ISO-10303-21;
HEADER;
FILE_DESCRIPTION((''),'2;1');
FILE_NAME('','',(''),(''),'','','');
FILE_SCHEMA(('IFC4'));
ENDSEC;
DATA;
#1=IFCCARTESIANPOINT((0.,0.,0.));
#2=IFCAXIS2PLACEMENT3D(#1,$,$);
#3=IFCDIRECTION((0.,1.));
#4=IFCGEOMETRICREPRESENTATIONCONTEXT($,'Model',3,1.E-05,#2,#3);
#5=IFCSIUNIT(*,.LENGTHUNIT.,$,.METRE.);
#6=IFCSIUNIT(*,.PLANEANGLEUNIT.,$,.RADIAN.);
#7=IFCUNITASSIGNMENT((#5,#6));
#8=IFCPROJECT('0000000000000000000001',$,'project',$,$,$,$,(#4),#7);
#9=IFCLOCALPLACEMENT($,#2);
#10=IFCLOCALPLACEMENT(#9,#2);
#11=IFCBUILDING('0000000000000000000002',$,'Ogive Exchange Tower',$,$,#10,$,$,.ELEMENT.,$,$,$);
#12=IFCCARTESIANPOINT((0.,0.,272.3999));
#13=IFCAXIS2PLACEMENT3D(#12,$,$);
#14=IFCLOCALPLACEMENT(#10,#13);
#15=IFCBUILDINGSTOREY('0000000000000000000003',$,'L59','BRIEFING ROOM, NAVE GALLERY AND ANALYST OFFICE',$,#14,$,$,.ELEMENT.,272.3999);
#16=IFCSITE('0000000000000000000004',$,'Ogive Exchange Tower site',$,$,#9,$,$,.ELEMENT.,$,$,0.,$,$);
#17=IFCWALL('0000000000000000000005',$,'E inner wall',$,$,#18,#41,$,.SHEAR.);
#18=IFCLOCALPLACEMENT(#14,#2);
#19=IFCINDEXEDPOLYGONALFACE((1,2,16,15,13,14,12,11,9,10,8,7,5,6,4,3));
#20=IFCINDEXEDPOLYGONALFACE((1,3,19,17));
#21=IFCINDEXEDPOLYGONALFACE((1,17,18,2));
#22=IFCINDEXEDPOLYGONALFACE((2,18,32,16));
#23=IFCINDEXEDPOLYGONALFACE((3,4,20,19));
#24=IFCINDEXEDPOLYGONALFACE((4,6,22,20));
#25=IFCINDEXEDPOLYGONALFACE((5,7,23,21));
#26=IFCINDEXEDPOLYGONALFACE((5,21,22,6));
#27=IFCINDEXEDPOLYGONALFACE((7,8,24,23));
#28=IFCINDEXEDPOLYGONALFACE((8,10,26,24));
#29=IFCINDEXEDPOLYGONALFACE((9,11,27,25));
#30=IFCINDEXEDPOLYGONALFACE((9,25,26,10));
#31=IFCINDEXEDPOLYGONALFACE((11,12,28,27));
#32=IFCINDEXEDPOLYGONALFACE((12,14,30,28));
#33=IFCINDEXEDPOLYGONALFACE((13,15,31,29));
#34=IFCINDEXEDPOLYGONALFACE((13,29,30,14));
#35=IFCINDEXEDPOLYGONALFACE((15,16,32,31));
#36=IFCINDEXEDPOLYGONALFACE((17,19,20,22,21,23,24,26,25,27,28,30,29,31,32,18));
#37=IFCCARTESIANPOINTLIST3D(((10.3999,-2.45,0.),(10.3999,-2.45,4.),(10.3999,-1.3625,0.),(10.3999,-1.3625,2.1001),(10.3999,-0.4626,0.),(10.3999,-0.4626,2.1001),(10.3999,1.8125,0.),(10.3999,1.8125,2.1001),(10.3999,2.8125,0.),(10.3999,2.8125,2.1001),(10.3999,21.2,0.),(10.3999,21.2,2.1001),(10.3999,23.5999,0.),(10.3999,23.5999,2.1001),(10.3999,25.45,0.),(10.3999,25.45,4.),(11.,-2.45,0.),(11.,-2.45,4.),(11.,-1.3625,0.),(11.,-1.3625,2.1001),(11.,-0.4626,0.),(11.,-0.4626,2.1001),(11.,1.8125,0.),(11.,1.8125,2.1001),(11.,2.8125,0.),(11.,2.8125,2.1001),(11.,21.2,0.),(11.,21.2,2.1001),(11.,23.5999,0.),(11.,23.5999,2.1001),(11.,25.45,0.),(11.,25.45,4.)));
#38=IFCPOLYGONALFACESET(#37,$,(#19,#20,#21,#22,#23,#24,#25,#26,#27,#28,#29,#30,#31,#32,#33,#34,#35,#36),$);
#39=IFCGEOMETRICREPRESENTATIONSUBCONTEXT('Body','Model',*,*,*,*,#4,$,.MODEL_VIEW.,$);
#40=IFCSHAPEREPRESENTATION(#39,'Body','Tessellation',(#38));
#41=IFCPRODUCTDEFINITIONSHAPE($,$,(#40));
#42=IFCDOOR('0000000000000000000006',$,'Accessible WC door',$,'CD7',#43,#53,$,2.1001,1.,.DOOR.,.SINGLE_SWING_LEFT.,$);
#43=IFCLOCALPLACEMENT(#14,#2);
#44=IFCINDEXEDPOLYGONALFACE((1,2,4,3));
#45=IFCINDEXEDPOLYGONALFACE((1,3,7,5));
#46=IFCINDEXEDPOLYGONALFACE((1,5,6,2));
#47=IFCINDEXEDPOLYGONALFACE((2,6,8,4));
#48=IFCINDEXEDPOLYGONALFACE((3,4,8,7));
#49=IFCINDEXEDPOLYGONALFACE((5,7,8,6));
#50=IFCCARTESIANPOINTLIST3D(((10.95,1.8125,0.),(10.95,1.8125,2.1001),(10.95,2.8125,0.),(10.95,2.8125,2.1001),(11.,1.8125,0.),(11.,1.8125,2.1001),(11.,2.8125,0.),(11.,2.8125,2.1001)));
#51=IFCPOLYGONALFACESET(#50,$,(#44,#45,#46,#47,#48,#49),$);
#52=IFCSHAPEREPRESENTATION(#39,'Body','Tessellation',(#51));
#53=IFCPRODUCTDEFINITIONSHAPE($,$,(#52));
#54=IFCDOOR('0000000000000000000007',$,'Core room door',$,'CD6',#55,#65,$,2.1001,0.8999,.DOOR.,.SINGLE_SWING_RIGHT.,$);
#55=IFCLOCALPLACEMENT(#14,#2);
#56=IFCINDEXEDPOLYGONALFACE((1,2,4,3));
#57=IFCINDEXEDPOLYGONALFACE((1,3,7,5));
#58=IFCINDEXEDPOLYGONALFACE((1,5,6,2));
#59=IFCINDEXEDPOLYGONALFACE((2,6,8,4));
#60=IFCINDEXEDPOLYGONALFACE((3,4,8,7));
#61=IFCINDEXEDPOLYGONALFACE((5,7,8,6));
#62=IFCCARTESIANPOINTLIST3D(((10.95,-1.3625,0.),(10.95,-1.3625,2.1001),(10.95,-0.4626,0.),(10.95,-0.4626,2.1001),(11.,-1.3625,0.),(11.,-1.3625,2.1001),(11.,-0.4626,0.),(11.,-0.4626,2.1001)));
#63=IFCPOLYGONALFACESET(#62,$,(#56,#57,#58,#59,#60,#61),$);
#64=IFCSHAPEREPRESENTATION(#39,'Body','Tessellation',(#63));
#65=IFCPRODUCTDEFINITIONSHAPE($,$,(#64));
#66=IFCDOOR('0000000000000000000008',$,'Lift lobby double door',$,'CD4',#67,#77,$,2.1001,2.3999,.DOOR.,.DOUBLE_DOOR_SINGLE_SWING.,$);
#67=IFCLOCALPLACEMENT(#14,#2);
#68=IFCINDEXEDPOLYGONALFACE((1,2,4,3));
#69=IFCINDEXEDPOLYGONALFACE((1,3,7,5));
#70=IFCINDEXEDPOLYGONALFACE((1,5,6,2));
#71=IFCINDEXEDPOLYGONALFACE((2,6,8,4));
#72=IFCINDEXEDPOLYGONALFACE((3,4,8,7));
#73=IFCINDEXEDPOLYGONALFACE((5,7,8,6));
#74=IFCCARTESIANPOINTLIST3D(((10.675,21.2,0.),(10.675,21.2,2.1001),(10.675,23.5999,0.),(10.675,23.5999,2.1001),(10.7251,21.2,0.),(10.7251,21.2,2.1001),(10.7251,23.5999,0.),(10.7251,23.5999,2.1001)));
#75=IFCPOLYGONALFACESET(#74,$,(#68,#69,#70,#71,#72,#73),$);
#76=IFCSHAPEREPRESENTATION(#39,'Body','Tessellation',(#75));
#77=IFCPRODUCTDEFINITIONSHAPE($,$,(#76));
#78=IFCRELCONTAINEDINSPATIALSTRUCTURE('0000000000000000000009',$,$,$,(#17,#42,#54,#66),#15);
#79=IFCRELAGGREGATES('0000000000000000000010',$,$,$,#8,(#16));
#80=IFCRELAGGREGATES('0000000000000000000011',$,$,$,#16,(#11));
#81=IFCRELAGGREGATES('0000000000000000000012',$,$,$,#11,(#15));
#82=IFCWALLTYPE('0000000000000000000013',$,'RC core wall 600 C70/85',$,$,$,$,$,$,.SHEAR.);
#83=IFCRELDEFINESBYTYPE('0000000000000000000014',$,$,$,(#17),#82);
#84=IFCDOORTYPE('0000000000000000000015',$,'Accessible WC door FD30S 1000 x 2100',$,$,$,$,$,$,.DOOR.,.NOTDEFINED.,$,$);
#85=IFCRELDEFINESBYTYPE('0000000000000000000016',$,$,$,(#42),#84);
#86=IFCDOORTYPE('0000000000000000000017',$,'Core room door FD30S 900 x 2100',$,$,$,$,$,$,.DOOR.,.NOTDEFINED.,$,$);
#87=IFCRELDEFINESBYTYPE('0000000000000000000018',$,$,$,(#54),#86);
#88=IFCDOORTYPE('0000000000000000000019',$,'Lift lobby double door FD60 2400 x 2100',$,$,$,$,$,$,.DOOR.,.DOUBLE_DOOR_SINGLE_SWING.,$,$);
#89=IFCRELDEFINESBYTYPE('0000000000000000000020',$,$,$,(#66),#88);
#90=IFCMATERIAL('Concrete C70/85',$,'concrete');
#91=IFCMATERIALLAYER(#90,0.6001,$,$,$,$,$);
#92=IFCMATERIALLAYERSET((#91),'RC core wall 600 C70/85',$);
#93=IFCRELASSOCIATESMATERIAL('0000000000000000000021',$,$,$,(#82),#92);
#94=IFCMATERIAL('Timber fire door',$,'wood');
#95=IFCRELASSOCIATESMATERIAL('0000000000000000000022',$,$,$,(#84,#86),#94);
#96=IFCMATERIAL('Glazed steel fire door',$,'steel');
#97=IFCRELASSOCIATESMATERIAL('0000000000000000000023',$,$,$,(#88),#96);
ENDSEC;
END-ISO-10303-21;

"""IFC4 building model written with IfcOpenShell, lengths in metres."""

from ifc_helpers import new_model, si_unit, direction, frame, frame_2d, origin, place, context, subcontext, project, spatial, rectangle, extrude, material, layer, layer_set, type_object, element, fill, save


model = new_model("IFC4")

# Units and contexts
model_context = context("Model", 3, precision=1e-05, world=origin(), true_north=direction((0.0, 1.0)))
body_context = subcontext(model_context, "Body", "Model", "MODEL_VIEW")
ifc_project = project(units=[si_unit("LENGTHUNIT", "METRE"), si_unit("PLANEANGLEUNIT", "RADIAN")], contexts=[model_context])

# Site, building, storey
site_placement = place(None, origin())
site = spatial("IfcSite", under=ifc_project, at=site_placement, Name="Ogive Exchange Tower site", CompositionType="ELEMENT", RefElevation=0.0)
building_placement = place(site_placement, origin())
building = spatial("IfcBuilding", under=site, at=building_placement, Name="Ogive Exchange Tower", CompositionType="ELEMENT")
storey_placement = place(building_placement, frame((0.0, 0.0, 272.3999)))
storey = spatial("IfcBuildingStorey", under=building, at=storey_placement, Name="L59", Description="BRIEFING ROOM, NAVE GALLERY AND ANALYST OFFICE", CompositionType="ELEMENT", Elevation=272.3999)

# Shared definitions
ifc_material_1 = material(Name="Concrete C70/85", Category="concrete")

# Wall, openings, doors
ifc_layer_1 = layer(ifc_material_1, 0.6001)
ifc_layer_set_1 = layer_set([ifc_layer_1], Name="RC core wall 600 C70/85")
wall_type_1 = type_object("IfcWallType", Name="RC core wall 600 C70/85", PredefinedType="SHEAR", material=ifc_layer_set_1)
wall_1_placement = place(storey_placement, frame((10.7, -2.45, 0.0), z_axis=(0.0, 0.0, 1.0), x_axis=(0.0, 1.0, 0.0)))
wall_1 = element("IfcWall", 1, at=wall_1_placement, inside=storey, type_object=wall_type_1, Name="E inner wall", PredefinedType="SHEAR", context=body_context, shape_type="SweptSolid", body=[
    extrude(rectangle(XDim=27.8999, YDim=0.6001, at=frame_2d((13.95, 0.0))), origin(), (0.0, 0.0, 1.0), 4.0),
])
opening_1_placement = place(wall_1_placement, frame((23.6499, 0.0, 0.0)))
opening_1 = element("IfcOpeningElement", 2, at=opening_1_placement, cuts=wall_1, PredefinedType="OPENING", context=body_context, shape_type="SweptSolid", body=[
    extrude(rectangle(XDim=2.3999, YDim=2.1001, at=frame_2d((1.2, 1.05))), frame((0.0, 0.3101, 0.0), z_axis=(0.0, -1.0, 0.0), x_axis=(1.0, 0.0, 0.0)), (0.0, 0.0, 1.0), 0.6201),
])
opening_2_placement = place(wall_1_placement, frame((1.0874, 0.0, 0.0)))
opening_2 = element("IfcOpeningElement", 3, at=opening_2_placement, cuts=wall_1, PredefinedType="OPENING", context=body_context, shape_type="SweptSolid", body=[
    extrude(rectangle(XDim=0.8999, YDim=2.1001, at=frame_2d((0.45, 1.05))), frame((0.0, 0.3101, 0.0), z_axis=(0.0, -1.0, 0.0), x_axis=(1.0, 0.0, 0.0)), (0.0, 0.0, 1.0), 0.6201),
])
opening_3_placement = place(wall_1_placement, frame((4.2625, 0.0, 0.0)))
opening_3 = element("IfcOpeningElement", 4, at=opening_3_placement, cuts=wall_1, PredefinedType="OPENING", context=body_context, shape_type="SweptSolid", body=[
    extrude(rectangle(XDim=1.0, YDim=2.1001, at=frame_2d((0.5, 1.05))), frame((0.0, 0.3101, 0.0), z_axis=(0.0, -1.0, 0.0), x_axis=(1.0, 0.0, 0.0)), (0.0, 0.0, 1.0), 0.6201),
])
ifc_material_2 = material(Name="Timber fire door", Category="wood")
door_type_1 = type_object("IfcDoorType", Name="Accessible WC door FD30S 1000 x 2100", OperationType="NOTDEFINED", PredefinedType="DOOR", material=ifc_material_2)
door_1_placement = place(opening_3_placement, origin())
door_1 = element("IfcDoor", 5, at=door_1_placement, inside=storey, type_object=door_type_1, Name="Accessible WC door", ObjectType="CD7", OperationType="SINGLE_SWING_LEFT", OverallHeight=2.1001, OverallWidth=1.0, PredefinedType="DOOR", context=body_context, shape_type="SweptSolid", body=[
    extrude(rectangle(XDim=1.0, YDim=2.1001, at=frame_2d((0.5, 1.05))), frame((0.0, -0.25, 0.0), z_axis=(0.0, -1.0, 0.0), x_axis=(1.0, 0.0, 0.0)), (0.0, 0.0, 1.0), 0.05),
])
fill(opening_3, door_1)
door_type_2 = type_object("IfcDoorType", Name="Core room door FD30S 900 x 2100", OperationType="NOTDEFINED", PredefinedType="DOOR", material=ifc_material_2)
door_2_placement = place(opening_2_placement, origin())
door_2 = element("IfcDoor", 6, at=door_2_placement, inside=storey, type_object=door_type_2, Name="Core room door", ObjectType="CD6", OperationType="SINGLE_SWING_RIGHT", OverallHeight=2.1001, OverallWidth=0.8999, PredefinedType="DOOR", context=body_context, shape_type="SweptSolid", body=[
    extrude(rectangle(XDim=0.8999, YDim=2.1001, at=frame_2d((0.45, 1.05))), frame((0.0, -0.25, 0.0), z_axis=(0.0, -1.0, 0.0), x_axis=(1.0, 0.0, 0.0)), (0.0, 0.0, 1.0), 0.05),
])
fill(opening_2, door_2)
ifc_material_3 = material(Name="Glazed steel fire door", Category="steel")
door_type_3 = type_object("IfcDoorType", Name="Lift lobby double door FD60 2400 x 2100", OperationType="DOUBLE_DOOR_SINGLE_SWING", PredefinedType="DOOR", material=ifc_material_3)
door_3_placement = place(opening_1_placement, origin())
door_3 = element("IfcDoor", 7, at=door_3_placement, inside=storey, type_object=door_type_3, Name="Lift lobby double door", ObjectType="CD4", OperationType="DOUBLE_DOOR_SINGLE_SWING", OverallHeight=2.1001, OverallWidth=2.3999, PredefinedType="DOOR", context=body_context, shape_type="SweptSolid", body=[
    extrude(rectangle(XDim=2.3999, YDim=2.1001, at=frame_2d((1.2, 1.05))), frame((0.0, 0.0249, 0.0), z_axis=(0.0, -1.0, 0.0), x_axis=(1.0, 0.0, 0.0)), (0.0, 0.0, 1.0), 0.05),
])
fill(opening_1, door_3)

save(model, "model.ifc")
